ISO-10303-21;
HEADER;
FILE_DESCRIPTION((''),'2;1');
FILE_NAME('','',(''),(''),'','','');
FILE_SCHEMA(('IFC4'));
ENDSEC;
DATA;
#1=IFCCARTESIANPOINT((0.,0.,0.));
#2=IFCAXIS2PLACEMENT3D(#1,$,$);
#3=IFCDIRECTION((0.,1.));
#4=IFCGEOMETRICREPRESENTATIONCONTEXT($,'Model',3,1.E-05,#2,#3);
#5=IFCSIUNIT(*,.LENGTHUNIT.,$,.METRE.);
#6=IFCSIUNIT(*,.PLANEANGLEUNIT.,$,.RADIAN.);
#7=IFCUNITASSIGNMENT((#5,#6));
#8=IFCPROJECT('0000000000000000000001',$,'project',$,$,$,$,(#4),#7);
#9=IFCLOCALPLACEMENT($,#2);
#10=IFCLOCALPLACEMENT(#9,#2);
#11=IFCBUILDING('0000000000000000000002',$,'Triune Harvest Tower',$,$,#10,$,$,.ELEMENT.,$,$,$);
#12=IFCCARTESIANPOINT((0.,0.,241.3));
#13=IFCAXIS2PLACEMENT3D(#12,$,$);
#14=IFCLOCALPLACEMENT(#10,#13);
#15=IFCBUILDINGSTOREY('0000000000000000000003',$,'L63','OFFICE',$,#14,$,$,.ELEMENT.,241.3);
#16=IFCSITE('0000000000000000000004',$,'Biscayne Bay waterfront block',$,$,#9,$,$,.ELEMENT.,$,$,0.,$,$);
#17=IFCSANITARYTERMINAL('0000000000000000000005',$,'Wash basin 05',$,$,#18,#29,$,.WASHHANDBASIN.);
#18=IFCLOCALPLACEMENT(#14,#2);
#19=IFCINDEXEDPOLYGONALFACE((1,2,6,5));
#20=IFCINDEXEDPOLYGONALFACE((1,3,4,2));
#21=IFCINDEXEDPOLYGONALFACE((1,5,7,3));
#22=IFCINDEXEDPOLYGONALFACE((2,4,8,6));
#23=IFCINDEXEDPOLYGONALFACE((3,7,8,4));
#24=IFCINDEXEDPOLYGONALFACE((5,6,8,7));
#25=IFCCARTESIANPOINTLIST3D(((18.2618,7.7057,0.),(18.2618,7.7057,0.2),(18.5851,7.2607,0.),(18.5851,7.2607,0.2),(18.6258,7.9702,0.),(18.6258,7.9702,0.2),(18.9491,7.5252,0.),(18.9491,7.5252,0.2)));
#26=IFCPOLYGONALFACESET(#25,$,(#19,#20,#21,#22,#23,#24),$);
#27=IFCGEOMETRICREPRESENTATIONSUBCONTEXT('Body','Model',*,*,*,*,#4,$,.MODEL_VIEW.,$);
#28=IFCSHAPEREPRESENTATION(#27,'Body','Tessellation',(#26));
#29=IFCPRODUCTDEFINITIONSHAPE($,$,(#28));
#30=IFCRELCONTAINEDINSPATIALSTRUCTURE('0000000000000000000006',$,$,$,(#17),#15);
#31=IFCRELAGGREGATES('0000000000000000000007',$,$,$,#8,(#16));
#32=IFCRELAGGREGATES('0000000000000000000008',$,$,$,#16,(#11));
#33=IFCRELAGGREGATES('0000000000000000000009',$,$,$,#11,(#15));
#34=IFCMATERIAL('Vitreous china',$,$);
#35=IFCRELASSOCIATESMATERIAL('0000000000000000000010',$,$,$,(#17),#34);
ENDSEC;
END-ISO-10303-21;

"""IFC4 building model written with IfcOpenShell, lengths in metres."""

from ifc_helpers import new_model, si_unit, direction, frame, origin, origin_2d, place, context, subcontext, project, spatial, rectangle, extrude, source, transform, mapped, material, element, save


model = new_model("IFC4")

# Units and contexts
model_context = context("Model", 3, precision=1e-05, world=origin(), true_north=direction((0.0, 1.0)))
body_context = subcontext(model_context, "Body", "Model", "MODEL_VIEW")
ifc_project = project(units=[si_unit("LENGTHUNIT", "METRE"), si_unit("PLANEANGLEUNIT", "RADIAN")], contexts=[model_context])

# Site, building, storey
site_placement = place(None, origin())
site = spatial("IfcSite", under=ifc_project, at=site_placement, Name="Biscayne Bay waterfront block", CompositionType="ELEMENT", RefElevation=0.0)
building_placement = place(site_placement, origin())
building = spatial("IfcBuilding", under=site, at=building_placement, Name="Triune Harvest Tower", CompositionType="ELEMENT")
storey_placement = place(building_placement, frame((0.0, 0.0, 241.3)))
storey = spatial("IfcBuildingStorey", under=building, at=storey_placement, Name="L63", Description="OFFICE", CompositionType="ELEMENT", Elevation=241.3)

# Sanitary terminal
ifc_material_1 = material(Name="Vitreous china")
shared_shape_1 = source(origin(), body_context, "Body", "SweptSolid", [
    extrude(rectangle(XDim=0.55, YDim=0.45, at=origin_2d()), origin(), (0.0, 0.0, 1.0), 0.2),
])
sanitary_terminal_1_placement = place(storey_placement, frame((18.6055, 7.6155, 0.0), z_axis=(0.0, 0.0, 1.0), x_axis=(0.587785, -0.809017, 0.0)))
element("IfcSanitaryTerminal", 1, at=sanitary_terminal_1_placement, inside=storey, material=ifc_material_1, Name="Wash basin 05", PredefinedType="WASHHANDBASIN", context=body_context, shape_type="MappedRepresentation", body=[
    mapped(shared_shape_1, transform((0.0, 0.0, 0.0), scale=1.0)),
])

save(model, "model.ifc")
